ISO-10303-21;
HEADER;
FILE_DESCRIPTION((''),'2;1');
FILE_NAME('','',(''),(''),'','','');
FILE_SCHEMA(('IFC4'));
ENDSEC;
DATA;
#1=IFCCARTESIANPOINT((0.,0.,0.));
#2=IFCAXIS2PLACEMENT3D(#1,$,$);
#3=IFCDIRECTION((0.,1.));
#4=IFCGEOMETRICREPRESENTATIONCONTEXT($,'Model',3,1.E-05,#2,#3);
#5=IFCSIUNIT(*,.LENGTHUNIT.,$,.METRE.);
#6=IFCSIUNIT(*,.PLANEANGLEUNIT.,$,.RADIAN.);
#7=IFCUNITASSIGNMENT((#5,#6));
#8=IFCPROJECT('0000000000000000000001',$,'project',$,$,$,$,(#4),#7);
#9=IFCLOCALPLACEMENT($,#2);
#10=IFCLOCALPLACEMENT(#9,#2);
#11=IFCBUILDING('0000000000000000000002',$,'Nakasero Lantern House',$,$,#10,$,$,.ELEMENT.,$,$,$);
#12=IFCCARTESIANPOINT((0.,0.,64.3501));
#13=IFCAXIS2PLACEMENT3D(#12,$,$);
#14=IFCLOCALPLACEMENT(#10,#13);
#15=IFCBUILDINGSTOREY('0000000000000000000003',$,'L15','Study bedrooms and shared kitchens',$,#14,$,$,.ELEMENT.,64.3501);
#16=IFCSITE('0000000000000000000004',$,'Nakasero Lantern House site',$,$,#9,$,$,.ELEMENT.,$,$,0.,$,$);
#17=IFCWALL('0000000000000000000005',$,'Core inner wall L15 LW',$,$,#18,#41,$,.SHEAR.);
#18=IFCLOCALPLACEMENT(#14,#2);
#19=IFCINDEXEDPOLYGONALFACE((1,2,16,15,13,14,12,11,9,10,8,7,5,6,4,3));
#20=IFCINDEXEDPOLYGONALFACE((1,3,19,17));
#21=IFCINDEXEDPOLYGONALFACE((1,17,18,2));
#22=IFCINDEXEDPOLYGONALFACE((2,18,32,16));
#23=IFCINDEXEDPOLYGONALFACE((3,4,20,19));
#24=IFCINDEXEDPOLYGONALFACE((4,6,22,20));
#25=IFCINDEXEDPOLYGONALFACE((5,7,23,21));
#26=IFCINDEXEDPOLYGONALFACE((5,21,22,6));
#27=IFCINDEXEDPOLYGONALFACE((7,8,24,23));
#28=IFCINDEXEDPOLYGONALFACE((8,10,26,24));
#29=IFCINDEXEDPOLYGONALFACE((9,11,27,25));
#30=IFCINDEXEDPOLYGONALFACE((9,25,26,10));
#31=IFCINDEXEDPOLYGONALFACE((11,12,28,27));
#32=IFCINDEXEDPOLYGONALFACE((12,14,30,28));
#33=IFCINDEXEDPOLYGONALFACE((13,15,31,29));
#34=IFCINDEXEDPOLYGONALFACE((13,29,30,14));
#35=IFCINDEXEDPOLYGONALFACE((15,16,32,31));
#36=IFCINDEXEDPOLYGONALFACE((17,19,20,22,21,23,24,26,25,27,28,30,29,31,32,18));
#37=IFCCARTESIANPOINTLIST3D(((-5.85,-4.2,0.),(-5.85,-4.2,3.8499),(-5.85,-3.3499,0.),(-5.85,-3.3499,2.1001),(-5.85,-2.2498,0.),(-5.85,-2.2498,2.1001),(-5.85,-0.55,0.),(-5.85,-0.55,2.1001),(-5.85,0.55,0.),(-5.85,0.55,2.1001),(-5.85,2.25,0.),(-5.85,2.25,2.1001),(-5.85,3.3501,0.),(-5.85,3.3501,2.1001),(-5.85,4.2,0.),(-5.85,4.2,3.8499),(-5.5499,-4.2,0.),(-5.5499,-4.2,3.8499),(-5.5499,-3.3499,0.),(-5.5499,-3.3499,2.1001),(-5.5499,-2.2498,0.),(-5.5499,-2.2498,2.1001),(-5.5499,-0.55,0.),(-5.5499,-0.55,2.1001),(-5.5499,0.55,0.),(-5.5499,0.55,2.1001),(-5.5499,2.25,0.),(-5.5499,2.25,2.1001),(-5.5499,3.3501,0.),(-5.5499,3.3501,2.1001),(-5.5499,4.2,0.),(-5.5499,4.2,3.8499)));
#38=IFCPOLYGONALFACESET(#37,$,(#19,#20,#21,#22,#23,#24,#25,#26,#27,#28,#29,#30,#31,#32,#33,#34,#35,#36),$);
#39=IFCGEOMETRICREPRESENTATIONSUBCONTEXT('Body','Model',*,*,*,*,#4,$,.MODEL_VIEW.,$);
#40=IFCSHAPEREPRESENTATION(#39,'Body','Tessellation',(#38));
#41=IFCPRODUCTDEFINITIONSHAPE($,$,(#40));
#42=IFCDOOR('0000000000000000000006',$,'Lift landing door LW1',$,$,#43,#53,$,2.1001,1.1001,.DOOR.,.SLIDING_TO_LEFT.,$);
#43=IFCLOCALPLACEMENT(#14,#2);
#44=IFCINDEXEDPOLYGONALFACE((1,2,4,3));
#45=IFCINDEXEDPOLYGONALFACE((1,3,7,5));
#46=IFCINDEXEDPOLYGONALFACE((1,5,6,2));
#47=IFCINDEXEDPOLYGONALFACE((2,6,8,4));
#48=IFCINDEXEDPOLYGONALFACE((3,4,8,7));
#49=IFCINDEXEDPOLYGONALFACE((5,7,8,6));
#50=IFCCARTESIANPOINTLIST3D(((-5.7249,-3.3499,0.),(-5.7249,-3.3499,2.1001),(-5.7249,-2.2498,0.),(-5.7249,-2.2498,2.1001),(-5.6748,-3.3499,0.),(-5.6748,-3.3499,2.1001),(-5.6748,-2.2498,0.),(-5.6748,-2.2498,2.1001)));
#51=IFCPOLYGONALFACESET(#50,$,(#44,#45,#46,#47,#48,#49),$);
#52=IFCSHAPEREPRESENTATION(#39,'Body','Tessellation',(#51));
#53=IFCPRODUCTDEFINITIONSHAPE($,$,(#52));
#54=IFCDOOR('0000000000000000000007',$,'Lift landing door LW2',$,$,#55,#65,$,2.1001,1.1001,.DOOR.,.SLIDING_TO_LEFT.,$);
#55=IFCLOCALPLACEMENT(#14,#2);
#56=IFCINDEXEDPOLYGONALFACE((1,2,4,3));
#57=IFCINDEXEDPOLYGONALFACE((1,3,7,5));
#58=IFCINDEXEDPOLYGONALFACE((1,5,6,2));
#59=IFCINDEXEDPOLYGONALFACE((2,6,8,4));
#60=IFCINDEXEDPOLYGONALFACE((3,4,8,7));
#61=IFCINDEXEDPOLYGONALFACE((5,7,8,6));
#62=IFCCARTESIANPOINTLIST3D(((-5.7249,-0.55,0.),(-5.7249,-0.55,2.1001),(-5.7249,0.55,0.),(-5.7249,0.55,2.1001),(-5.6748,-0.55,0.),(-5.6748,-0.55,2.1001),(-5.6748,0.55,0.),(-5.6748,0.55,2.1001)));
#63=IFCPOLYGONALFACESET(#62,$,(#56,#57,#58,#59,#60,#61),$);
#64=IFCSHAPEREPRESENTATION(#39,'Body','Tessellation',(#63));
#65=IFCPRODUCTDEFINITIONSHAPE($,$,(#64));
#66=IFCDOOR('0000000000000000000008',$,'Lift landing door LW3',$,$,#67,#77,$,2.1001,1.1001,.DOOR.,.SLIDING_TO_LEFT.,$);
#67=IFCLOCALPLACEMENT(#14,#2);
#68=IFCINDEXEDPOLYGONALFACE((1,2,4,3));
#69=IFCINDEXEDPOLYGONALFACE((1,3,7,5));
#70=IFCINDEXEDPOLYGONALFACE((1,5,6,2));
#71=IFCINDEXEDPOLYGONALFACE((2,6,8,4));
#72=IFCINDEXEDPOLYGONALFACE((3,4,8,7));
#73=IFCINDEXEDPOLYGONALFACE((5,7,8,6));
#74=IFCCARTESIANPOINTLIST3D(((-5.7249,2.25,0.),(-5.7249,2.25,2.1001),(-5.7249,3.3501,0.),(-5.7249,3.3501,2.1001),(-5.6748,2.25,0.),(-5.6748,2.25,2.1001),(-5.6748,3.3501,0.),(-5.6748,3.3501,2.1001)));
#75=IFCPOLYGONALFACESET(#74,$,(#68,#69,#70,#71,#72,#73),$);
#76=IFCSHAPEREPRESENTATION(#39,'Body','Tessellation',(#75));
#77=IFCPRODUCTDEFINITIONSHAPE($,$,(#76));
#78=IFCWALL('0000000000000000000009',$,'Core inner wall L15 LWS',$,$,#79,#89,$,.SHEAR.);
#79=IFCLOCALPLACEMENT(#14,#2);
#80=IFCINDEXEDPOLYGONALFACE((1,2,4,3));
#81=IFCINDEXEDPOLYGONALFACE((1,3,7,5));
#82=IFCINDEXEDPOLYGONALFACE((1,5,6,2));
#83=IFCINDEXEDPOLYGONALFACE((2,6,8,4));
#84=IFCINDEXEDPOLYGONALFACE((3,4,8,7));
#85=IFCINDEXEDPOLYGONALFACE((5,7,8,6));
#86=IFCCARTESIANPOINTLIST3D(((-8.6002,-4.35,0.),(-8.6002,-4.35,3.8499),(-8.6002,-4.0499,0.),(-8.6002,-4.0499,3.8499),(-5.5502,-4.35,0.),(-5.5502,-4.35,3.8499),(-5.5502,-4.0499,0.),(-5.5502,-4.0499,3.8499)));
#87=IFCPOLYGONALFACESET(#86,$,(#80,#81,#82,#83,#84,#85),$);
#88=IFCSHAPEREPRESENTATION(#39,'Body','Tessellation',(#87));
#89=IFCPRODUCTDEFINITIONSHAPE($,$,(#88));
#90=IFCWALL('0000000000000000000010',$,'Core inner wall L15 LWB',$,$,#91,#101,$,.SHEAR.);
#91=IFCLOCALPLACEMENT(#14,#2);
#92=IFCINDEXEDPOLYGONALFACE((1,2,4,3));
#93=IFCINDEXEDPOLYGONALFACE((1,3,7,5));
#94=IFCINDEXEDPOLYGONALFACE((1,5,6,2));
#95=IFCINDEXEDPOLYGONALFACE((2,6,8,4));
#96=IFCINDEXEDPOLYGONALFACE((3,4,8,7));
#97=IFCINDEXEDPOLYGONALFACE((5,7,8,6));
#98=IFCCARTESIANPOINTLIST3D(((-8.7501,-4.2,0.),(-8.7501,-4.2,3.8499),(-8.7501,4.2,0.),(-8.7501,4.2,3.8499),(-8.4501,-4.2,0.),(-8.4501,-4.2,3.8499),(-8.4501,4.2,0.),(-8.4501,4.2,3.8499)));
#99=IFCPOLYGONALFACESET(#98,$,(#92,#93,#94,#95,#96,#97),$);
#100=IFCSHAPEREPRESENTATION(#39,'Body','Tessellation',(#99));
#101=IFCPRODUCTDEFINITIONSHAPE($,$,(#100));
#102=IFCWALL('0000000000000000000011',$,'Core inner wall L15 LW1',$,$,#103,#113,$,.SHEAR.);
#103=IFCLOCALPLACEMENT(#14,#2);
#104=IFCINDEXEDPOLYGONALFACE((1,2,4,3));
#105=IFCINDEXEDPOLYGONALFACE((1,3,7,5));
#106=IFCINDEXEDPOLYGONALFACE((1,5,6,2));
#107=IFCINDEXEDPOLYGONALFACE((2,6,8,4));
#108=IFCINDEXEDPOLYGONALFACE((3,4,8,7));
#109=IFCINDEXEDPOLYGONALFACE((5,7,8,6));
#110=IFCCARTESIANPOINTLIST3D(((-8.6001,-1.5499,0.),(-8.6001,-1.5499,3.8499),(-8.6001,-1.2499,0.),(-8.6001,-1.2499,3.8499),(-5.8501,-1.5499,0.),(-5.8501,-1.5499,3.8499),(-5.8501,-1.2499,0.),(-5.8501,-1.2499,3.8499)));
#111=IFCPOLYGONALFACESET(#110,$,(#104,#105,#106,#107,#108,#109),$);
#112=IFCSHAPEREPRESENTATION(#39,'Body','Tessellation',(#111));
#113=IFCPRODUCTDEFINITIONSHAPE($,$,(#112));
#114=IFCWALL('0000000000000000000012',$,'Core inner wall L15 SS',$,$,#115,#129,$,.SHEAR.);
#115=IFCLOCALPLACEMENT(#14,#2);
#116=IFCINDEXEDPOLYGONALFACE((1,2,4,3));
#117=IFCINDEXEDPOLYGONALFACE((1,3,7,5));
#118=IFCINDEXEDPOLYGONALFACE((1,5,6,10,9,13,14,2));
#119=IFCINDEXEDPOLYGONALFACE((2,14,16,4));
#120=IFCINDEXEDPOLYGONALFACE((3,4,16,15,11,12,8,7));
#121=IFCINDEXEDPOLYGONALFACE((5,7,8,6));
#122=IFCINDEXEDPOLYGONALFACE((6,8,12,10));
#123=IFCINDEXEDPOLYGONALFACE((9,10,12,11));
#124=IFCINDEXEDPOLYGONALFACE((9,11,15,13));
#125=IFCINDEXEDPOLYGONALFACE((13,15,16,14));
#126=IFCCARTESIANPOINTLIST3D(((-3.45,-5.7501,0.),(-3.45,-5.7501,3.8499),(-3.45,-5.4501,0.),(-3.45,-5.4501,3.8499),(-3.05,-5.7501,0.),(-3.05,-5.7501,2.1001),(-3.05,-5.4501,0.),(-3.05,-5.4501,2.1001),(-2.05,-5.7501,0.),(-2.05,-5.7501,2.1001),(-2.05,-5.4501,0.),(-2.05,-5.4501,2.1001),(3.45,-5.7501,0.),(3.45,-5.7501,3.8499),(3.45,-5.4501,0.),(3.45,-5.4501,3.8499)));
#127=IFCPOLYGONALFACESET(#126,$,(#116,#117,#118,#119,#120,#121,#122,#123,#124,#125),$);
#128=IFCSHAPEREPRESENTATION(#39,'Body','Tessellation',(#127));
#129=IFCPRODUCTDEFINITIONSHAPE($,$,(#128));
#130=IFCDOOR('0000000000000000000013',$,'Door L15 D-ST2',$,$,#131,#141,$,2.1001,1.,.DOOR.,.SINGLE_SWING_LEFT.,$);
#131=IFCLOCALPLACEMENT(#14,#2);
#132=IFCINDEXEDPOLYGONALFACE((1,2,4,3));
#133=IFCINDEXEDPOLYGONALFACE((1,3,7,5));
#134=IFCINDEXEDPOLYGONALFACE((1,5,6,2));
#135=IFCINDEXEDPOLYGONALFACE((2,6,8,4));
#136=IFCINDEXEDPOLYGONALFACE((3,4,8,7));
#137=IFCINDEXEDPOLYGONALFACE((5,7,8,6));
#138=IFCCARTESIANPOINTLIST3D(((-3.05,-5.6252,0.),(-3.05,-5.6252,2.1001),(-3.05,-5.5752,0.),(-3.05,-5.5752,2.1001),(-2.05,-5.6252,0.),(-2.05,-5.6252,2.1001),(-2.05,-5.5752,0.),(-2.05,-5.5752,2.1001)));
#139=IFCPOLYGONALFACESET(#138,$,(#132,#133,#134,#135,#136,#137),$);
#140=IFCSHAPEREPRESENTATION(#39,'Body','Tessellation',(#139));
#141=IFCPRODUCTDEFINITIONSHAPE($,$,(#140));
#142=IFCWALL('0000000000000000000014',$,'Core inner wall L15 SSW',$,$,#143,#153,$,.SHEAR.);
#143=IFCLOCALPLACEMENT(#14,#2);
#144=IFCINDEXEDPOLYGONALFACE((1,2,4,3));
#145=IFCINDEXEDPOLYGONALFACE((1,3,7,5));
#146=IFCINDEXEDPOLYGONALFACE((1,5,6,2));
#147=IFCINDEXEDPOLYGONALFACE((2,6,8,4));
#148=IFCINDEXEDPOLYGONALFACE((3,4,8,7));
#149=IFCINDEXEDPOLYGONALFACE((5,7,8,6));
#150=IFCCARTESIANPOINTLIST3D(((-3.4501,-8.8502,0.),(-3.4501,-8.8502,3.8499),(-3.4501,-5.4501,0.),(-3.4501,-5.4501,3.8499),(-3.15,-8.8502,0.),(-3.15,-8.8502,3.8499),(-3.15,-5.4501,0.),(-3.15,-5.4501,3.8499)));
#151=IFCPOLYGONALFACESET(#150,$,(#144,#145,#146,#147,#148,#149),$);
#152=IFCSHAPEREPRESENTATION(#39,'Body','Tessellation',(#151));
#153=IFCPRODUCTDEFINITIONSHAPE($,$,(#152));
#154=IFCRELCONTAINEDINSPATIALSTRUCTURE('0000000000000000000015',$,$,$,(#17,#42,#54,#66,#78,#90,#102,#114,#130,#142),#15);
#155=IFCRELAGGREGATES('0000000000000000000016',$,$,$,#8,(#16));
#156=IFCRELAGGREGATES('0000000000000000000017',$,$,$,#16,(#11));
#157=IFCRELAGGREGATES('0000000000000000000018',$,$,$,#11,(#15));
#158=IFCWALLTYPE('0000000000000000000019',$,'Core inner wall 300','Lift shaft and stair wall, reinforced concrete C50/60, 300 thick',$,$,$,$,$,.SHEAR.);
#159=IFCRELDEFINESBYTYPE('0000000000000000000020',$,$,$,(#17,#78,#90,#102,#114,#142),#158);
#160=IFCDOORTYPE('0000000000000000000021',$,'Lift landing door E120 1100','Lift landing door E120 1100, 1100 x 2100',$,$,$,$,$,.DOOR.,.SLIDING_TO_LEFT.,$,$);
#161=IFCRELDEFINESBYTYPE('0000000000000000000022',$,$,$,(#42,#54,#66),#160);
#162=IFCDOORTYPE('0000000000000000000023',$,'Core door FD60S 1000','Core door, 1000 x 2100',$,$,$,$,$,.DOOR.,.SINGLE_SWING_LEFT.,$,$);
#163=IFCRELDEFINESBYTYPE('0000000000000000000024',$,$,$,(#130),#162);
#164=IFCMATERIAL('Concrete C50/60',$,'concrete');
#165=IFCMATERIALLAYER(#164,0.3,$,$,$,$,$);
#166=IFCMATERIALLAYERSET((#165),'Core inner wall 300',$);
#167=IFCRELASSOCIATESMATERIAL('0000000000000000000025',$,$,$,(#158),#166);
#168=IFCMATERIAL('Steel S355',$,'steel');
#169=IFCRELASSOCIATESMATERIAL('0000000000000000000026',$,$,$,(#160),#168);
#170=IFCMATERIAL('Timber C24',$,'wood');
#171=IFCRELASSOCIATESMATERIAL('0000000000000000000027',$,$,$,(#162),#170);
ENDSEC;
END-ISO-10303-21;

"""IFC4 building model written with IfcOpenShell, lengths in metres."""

from ifc_helpers import new_model, si_unit, direction, frame, frame_2d, origin, place, context, subcontext, project, spatial, rectangle, extrude, material, layer, layer_set, type_object, element, fill, save


model = new_model("IFC4")

# Units and contexts
model_context = context("Model", 3, precision=1e-05, world=origin(), true_north=direction((0.0, 1.0)))
body_context = subcontext(model_context, "Body", "Model", "MODEL_VIEW")
ifc_project = project(units=[si_unit("LENGTHUNIT", "METRE"), si_unit("PLANEANGLEUNIT", "RADIAN")], contexts=[model_context])

# Site, building, storey
site_placement = place(None, origin())
site = spatial("IfcSite", under=ifc_project, at=site_placement, Name="Nakasero Lantern House site", CompositionType="ELEMENT", RefElevation=0.0)
building_placement = place(site_placement, origin())
building = spatial("IfcBuilding", under=site, at=building_placement, Name="Nakasero Lantern House", CompositionType="ELEMENT")
storey_placement = place(building_placement, frame((0.0, 0.0, 64.3501)))
storey = spatial("IfcBuildingStorey", under=building, at=storey_placement, Name="L15", Description="Study bedrooms and shared kitchens", CompositionType="ELEMENT", Elevation=64.3501)

# Wall, openings, doors
ifc_material_1 = material(Name="Concrete C50/60", Category="concrete")
ifc_layer_1 = layer(ifc_material_1, 0.3)
ifc_layer_set_1 = layer_set([ifc_layer_1], Name="Core inner wall 300")
wall_type_1 = type_object("IfcWallType", Name="Core inner wall 300", Description="Lift shaft and stair wall, reinforced concrete C50/60, 300 thick", PredefinedType="SHEAR", material=ifc_layer_set_1)
wall_1_placement = place(storey_placement, frame((-5.7, -4.2, 0.0), z_axis=(0.0, 0.0, 1.0), x_axis=(0.0, 1.0, 0.0)))
wall_1 = element("IfcWall", 1, at=wall_1_placement, inside=storey, type_object=wall_type_1, Name="Core inner wall L15 LW", PredefinedType="SHEAR", context=body_context, shape_type="SweptSolid", body=[
    extrude(rectangle(XDim=8.3999, YDim=0.3, at=frame_2d((4.2, 0.0))), origin(), (0.0, 0.0, 1.0), 3.8499),
])
opening_1_placement = place(wall_1_placement, frame((0.8501, 0.0, 0.0)))
opening_1 = element("IfcOpeningElement", 2, at=opening_1_placement, cuts=wall_1, PredefinedType="OPENING", context=body_context, shape_type="SweptSolid", body=[
    extrude(rectangle(XDim=1.1001, YDim=2.1001, at=frame_2d((0.55, 1.05))), frame((0.0, 0.1699, 0.0), z_axis=(0.0, -1.0, 0.0), x_axis=(1.0, 0.0, 0.0)), (0.0, 0.0, 1.0), 0.3401),
])
opening_2_placement = place(wall_1_placement, frame((3.6499, 0.0, 0.0)))
opening_2 = element("IfcOpeningElement", 3, at=opening_2_placement, cuts=wall_1, PredefinedType="OPENING", context=body_context, shape_type="SweptSolid", body=[
    extrude(rectangle(XDim=1.1001, YDim=2.1001, at=frame_2d((0.55, 1.05))), frame((0.0, 0.1699, 0.0), z_axis=(0.0, -1.0, 0.0), x_axis=(1.0, 0.0, 0.0)), (0.0, 0.0, 1.0), 0.3401),
])
opening_3_placement = place(wall_1_placement, frame((6.45, 0.0, 0.0)))
opening_3 = element("IfcOpeningElement", 4, at=opening_3_placement, cuts=wall_1, PredefinedType="OPENING", context=body_context, shape_type="SweptSolid", body=[
    extrude(rectangle(XDim=1.1001, YDim=2.1001, at=frame_2d((0.55, 1.05))), frame((0.0, 0.1699, 0.0), z_axis=(0.0, -1.0, 0.0), x_axis=(1.0, 0.0, 0.0)), (0.0, 0.0, 1.0), 0.3401),
])
ifc_material_2 = material(Name="Steel S355", Category="steel")
door_type_1 = type_object("IfcDoorType", Name="Lift landing door E120 1100", Description="Lift landing door E120 1100, 1100 x 2100", OperationType="SLIDING_TO_LEFT", PredefinedType="DOOR", material=ifc_material_2)
door_1_placement = place(opening_1_placement, origin())
door_1 = element("IfcDoor", 5, at=door_1_placement, inside=storey, type_object=door_type_1, Name="Lift landing door LW1", OperationType="SLIDING_TO_LEFT", OverallHeight=2.1001, OverallWidth=1.1001, PredefinedType="DOOR", context=body_context, shape_type="SweptSolid", body=[
    extrude(rectangle(XDim=1.1001, YDim=2.1001, at=frame_2d((0.55, 1.05))), frame((0.0, 0.0249, 0.0), z_axis=(0.0, -1.0, 0.0), x_axis=(1.0, 0.0, 0.0)), (0.0, 0.0, 1.0), 0.05),
])
fill(opening_1, door_1)
door_2_placement = place(opening_2_placement, origin())
door_2 = element("IfcDoor", 6, at=door_2_placement, inside=storey, type_object=door_type_1, Name="Lift landing door LW2", OperationType="SLIDING_TO_LEFT", OverallHeight=2.1001, OverallWidth=1.1001, PredefinedType="DOOR", context=body_context, shape_type="SweptSolid", body=[
    extrude(rectangle(XDim=1.1001, YDim=2.1001, at=frame_2d((0.55, 1.05))), frame((0.0, 0.0249, 0.0), z_axis=(0.0, -1.0, 0.0), x_axis=(1.0, 0.0, 0.0)), (0.0, 0.0, 1.0), 0.05),
])
fill(opening_2, door_2)
door_3_placement = place(opening_3_placement, origin())
door_3 = element("IfcDoor", 7, at=door_3_placement, inside=storey, type_object=door_type_1, Name="Lift landing door LW3", OperationType="SLIDING_TO_LEFT", OverallHeight=2.1001, OverallWidth=1.1001, PredefinedType="DOOR", context=body_context, shape_type="SweptSolid", body=[
    extrude(rectangle(XDim=1.1001, YDim=2.1001, at=frame_2d((0.55, 1.05))), frame((0.0, 0.0249, 0.0), z_axis=(0.0, -1.0, 0.0), x_axis=(1.0, 0.0, 0.0)), (0.0, 0.0, 1.0), 0.05),
])
fill(opening_3, door_3)

# Walls
wall_2_placement = place(storey_placement, frame((-8.6001, -4.2, 0.0), z_axis=(0.0, 0.0, 1.0), x_axis=(1.0, 0.0, 0.0)))
element("IfcWall", 8, at=wall_2_placement, inside=storey, type_object=wall_type_1, Name="Core inner wall L15 LWS", PredefinedType="SHEAR", context=body_context, shape_type="SweptSolid", body=[
    extrude(rectangle(XDim=3.05, YDim=0.3, at=frame_2d((1.5249, 0.0))), origin(), (0.0, 0.0, 1.0), 3.8499),
])
wall_3_placement = place(storey_placement, frame((-8.6001, -4.2, 0.0), z_axis=(0.0, 0.0, 1.0), x_axis=(0.0, 1.0, 0.0)))
element("IfcWall", 9, at=wall_3_placement, inside=storey, type_object=wall_type_1, Name="Core inner wall L15 LWB", PredefinedType="SHEAR", context=body_context, shape_type="SweptSolid", body=[
    extrude(rectangle(XDim=8.3999, YDim=0.3, at=frame_2d((4.2, 0.0))), origin(), (0.0, 0.0, 1.0), 3.8499),
])
wall_4_placement = place(storey_placement, frame((-8.6001, -1.3999, 0.0), z_axis=(0.0, 0.0, 1.0), x_axis=(1.0, 0.0, 0.0)))
element("IfcWall", 10, at=wall_4_placement, inside=storey, type_object=wall_type_1, Name="Core inner wall L15 LW1", PredefinedType="SHEAR", context=body_context, shape_type="SweptSolid", body=[
    extrude(rectangle(XDim=2.75, YDim=0.3, at=frame_2d((1.375, 0.0))), origin(), (0.0, 0.0, 1.0), 3.8499),
])

# Wall, opening, door
wall_5_placement = place(storey_placement, frame((-3.45, -5.6001, 0.0), z_axis=(0.0, 0.0, 1.0), x_axis=(1.0, 0.0, 0.0)))
wall_5 = element("IfcWall", 11, at=wall_5_placement, inside=storey, type_object=wall_type_1, Name="Core inner wall L15 SS", PredefinedType="SHEAR", context=body_context, shape_type="SweptSolid", body=[
    extrude(rectangle(XDim=6.8999, YDim=0.3, at=frame_2d((3.45, 0.0))), origin(), (0.0, 0.0, 1.0), 3.8499),
])
opening_4_placement = place(wall_5_placement, frame((0.3999, 0.0, 0.0)))
opening_4 = element("IfcOpeningElement", 12, at=opening_4_placement, cuts=wall_5, PredefinedType="OPENING", context=body_context, shape_type="SweptSolid", body=[
    extrude(rectangle(XDim=1.0, YDim=2.1001, at=frame_2d((0.5, 1.05))), frame((0.0, 0.1699, 0.0), z_axis=(0.0, -1.0, 0.0), x_axis=(1.0, 0.0, 0.0)), (0.0, 0.0, 1.0), 0.3401),
])
ifc_material_3 = material(Name="Timber C24", Category="wood")
door_type_2 = type_object("IfcDoorType", Name="Core door FD60S 1000", Description="Core door, 1000 x 2100", OperationType="SINGLE_SWING_LEFT", PredefinedType="DOOR", material=ifc_material_3)
door_4_placement = place(opening_4_placement, origin())
door_4 = element("IfcDoor", 13, at=door_4_placement, inside=storey, type_object=door_type_2, Name="Door L15 D-ST2", OperationType="SINGLE_SWING_LEFT", OverallHeight=2.1001, OverallWidth=1.0, PredefinedType="DOOR", context=body_context, shape_type="SweptSolid", body=[
    extrude(rectangle(XDim=1.0, YDim=2.1001, at=frame_2d((0.5, 1.05))), frame((0.0, 0.0249, 0.0), z_axis=(0.0, -1.0, 0.0), x_axis=(1.0, 0.0, 0.0)), (0.0, 0.0, 1.0), 0.05),
])
fill(opening_4, door_4)

# Wall
wall_6_placement = place(storey_placement, frame((-3.3, -5.45, 0.0), z_axis=(0.0, 0.0, 1.0), x_axis=(0.0, -1.0, 0.0)))
element("IfcWall", 14, at=wall_6_placement, inside=storey, type_object=wall_type_1, Name="Core inner wall L15 SSW", PredefinedType="SHEAR", context=body_context, shape_type="SweptSolid", body=[
    extrude(rectangle(XDim=3.4001, YDim=0.3, at=frame_2d((1.7002, 0.0))), origin(), (0.0, 0.0, 1.0), 3.8499),
])

save(model, "model.ifc")
